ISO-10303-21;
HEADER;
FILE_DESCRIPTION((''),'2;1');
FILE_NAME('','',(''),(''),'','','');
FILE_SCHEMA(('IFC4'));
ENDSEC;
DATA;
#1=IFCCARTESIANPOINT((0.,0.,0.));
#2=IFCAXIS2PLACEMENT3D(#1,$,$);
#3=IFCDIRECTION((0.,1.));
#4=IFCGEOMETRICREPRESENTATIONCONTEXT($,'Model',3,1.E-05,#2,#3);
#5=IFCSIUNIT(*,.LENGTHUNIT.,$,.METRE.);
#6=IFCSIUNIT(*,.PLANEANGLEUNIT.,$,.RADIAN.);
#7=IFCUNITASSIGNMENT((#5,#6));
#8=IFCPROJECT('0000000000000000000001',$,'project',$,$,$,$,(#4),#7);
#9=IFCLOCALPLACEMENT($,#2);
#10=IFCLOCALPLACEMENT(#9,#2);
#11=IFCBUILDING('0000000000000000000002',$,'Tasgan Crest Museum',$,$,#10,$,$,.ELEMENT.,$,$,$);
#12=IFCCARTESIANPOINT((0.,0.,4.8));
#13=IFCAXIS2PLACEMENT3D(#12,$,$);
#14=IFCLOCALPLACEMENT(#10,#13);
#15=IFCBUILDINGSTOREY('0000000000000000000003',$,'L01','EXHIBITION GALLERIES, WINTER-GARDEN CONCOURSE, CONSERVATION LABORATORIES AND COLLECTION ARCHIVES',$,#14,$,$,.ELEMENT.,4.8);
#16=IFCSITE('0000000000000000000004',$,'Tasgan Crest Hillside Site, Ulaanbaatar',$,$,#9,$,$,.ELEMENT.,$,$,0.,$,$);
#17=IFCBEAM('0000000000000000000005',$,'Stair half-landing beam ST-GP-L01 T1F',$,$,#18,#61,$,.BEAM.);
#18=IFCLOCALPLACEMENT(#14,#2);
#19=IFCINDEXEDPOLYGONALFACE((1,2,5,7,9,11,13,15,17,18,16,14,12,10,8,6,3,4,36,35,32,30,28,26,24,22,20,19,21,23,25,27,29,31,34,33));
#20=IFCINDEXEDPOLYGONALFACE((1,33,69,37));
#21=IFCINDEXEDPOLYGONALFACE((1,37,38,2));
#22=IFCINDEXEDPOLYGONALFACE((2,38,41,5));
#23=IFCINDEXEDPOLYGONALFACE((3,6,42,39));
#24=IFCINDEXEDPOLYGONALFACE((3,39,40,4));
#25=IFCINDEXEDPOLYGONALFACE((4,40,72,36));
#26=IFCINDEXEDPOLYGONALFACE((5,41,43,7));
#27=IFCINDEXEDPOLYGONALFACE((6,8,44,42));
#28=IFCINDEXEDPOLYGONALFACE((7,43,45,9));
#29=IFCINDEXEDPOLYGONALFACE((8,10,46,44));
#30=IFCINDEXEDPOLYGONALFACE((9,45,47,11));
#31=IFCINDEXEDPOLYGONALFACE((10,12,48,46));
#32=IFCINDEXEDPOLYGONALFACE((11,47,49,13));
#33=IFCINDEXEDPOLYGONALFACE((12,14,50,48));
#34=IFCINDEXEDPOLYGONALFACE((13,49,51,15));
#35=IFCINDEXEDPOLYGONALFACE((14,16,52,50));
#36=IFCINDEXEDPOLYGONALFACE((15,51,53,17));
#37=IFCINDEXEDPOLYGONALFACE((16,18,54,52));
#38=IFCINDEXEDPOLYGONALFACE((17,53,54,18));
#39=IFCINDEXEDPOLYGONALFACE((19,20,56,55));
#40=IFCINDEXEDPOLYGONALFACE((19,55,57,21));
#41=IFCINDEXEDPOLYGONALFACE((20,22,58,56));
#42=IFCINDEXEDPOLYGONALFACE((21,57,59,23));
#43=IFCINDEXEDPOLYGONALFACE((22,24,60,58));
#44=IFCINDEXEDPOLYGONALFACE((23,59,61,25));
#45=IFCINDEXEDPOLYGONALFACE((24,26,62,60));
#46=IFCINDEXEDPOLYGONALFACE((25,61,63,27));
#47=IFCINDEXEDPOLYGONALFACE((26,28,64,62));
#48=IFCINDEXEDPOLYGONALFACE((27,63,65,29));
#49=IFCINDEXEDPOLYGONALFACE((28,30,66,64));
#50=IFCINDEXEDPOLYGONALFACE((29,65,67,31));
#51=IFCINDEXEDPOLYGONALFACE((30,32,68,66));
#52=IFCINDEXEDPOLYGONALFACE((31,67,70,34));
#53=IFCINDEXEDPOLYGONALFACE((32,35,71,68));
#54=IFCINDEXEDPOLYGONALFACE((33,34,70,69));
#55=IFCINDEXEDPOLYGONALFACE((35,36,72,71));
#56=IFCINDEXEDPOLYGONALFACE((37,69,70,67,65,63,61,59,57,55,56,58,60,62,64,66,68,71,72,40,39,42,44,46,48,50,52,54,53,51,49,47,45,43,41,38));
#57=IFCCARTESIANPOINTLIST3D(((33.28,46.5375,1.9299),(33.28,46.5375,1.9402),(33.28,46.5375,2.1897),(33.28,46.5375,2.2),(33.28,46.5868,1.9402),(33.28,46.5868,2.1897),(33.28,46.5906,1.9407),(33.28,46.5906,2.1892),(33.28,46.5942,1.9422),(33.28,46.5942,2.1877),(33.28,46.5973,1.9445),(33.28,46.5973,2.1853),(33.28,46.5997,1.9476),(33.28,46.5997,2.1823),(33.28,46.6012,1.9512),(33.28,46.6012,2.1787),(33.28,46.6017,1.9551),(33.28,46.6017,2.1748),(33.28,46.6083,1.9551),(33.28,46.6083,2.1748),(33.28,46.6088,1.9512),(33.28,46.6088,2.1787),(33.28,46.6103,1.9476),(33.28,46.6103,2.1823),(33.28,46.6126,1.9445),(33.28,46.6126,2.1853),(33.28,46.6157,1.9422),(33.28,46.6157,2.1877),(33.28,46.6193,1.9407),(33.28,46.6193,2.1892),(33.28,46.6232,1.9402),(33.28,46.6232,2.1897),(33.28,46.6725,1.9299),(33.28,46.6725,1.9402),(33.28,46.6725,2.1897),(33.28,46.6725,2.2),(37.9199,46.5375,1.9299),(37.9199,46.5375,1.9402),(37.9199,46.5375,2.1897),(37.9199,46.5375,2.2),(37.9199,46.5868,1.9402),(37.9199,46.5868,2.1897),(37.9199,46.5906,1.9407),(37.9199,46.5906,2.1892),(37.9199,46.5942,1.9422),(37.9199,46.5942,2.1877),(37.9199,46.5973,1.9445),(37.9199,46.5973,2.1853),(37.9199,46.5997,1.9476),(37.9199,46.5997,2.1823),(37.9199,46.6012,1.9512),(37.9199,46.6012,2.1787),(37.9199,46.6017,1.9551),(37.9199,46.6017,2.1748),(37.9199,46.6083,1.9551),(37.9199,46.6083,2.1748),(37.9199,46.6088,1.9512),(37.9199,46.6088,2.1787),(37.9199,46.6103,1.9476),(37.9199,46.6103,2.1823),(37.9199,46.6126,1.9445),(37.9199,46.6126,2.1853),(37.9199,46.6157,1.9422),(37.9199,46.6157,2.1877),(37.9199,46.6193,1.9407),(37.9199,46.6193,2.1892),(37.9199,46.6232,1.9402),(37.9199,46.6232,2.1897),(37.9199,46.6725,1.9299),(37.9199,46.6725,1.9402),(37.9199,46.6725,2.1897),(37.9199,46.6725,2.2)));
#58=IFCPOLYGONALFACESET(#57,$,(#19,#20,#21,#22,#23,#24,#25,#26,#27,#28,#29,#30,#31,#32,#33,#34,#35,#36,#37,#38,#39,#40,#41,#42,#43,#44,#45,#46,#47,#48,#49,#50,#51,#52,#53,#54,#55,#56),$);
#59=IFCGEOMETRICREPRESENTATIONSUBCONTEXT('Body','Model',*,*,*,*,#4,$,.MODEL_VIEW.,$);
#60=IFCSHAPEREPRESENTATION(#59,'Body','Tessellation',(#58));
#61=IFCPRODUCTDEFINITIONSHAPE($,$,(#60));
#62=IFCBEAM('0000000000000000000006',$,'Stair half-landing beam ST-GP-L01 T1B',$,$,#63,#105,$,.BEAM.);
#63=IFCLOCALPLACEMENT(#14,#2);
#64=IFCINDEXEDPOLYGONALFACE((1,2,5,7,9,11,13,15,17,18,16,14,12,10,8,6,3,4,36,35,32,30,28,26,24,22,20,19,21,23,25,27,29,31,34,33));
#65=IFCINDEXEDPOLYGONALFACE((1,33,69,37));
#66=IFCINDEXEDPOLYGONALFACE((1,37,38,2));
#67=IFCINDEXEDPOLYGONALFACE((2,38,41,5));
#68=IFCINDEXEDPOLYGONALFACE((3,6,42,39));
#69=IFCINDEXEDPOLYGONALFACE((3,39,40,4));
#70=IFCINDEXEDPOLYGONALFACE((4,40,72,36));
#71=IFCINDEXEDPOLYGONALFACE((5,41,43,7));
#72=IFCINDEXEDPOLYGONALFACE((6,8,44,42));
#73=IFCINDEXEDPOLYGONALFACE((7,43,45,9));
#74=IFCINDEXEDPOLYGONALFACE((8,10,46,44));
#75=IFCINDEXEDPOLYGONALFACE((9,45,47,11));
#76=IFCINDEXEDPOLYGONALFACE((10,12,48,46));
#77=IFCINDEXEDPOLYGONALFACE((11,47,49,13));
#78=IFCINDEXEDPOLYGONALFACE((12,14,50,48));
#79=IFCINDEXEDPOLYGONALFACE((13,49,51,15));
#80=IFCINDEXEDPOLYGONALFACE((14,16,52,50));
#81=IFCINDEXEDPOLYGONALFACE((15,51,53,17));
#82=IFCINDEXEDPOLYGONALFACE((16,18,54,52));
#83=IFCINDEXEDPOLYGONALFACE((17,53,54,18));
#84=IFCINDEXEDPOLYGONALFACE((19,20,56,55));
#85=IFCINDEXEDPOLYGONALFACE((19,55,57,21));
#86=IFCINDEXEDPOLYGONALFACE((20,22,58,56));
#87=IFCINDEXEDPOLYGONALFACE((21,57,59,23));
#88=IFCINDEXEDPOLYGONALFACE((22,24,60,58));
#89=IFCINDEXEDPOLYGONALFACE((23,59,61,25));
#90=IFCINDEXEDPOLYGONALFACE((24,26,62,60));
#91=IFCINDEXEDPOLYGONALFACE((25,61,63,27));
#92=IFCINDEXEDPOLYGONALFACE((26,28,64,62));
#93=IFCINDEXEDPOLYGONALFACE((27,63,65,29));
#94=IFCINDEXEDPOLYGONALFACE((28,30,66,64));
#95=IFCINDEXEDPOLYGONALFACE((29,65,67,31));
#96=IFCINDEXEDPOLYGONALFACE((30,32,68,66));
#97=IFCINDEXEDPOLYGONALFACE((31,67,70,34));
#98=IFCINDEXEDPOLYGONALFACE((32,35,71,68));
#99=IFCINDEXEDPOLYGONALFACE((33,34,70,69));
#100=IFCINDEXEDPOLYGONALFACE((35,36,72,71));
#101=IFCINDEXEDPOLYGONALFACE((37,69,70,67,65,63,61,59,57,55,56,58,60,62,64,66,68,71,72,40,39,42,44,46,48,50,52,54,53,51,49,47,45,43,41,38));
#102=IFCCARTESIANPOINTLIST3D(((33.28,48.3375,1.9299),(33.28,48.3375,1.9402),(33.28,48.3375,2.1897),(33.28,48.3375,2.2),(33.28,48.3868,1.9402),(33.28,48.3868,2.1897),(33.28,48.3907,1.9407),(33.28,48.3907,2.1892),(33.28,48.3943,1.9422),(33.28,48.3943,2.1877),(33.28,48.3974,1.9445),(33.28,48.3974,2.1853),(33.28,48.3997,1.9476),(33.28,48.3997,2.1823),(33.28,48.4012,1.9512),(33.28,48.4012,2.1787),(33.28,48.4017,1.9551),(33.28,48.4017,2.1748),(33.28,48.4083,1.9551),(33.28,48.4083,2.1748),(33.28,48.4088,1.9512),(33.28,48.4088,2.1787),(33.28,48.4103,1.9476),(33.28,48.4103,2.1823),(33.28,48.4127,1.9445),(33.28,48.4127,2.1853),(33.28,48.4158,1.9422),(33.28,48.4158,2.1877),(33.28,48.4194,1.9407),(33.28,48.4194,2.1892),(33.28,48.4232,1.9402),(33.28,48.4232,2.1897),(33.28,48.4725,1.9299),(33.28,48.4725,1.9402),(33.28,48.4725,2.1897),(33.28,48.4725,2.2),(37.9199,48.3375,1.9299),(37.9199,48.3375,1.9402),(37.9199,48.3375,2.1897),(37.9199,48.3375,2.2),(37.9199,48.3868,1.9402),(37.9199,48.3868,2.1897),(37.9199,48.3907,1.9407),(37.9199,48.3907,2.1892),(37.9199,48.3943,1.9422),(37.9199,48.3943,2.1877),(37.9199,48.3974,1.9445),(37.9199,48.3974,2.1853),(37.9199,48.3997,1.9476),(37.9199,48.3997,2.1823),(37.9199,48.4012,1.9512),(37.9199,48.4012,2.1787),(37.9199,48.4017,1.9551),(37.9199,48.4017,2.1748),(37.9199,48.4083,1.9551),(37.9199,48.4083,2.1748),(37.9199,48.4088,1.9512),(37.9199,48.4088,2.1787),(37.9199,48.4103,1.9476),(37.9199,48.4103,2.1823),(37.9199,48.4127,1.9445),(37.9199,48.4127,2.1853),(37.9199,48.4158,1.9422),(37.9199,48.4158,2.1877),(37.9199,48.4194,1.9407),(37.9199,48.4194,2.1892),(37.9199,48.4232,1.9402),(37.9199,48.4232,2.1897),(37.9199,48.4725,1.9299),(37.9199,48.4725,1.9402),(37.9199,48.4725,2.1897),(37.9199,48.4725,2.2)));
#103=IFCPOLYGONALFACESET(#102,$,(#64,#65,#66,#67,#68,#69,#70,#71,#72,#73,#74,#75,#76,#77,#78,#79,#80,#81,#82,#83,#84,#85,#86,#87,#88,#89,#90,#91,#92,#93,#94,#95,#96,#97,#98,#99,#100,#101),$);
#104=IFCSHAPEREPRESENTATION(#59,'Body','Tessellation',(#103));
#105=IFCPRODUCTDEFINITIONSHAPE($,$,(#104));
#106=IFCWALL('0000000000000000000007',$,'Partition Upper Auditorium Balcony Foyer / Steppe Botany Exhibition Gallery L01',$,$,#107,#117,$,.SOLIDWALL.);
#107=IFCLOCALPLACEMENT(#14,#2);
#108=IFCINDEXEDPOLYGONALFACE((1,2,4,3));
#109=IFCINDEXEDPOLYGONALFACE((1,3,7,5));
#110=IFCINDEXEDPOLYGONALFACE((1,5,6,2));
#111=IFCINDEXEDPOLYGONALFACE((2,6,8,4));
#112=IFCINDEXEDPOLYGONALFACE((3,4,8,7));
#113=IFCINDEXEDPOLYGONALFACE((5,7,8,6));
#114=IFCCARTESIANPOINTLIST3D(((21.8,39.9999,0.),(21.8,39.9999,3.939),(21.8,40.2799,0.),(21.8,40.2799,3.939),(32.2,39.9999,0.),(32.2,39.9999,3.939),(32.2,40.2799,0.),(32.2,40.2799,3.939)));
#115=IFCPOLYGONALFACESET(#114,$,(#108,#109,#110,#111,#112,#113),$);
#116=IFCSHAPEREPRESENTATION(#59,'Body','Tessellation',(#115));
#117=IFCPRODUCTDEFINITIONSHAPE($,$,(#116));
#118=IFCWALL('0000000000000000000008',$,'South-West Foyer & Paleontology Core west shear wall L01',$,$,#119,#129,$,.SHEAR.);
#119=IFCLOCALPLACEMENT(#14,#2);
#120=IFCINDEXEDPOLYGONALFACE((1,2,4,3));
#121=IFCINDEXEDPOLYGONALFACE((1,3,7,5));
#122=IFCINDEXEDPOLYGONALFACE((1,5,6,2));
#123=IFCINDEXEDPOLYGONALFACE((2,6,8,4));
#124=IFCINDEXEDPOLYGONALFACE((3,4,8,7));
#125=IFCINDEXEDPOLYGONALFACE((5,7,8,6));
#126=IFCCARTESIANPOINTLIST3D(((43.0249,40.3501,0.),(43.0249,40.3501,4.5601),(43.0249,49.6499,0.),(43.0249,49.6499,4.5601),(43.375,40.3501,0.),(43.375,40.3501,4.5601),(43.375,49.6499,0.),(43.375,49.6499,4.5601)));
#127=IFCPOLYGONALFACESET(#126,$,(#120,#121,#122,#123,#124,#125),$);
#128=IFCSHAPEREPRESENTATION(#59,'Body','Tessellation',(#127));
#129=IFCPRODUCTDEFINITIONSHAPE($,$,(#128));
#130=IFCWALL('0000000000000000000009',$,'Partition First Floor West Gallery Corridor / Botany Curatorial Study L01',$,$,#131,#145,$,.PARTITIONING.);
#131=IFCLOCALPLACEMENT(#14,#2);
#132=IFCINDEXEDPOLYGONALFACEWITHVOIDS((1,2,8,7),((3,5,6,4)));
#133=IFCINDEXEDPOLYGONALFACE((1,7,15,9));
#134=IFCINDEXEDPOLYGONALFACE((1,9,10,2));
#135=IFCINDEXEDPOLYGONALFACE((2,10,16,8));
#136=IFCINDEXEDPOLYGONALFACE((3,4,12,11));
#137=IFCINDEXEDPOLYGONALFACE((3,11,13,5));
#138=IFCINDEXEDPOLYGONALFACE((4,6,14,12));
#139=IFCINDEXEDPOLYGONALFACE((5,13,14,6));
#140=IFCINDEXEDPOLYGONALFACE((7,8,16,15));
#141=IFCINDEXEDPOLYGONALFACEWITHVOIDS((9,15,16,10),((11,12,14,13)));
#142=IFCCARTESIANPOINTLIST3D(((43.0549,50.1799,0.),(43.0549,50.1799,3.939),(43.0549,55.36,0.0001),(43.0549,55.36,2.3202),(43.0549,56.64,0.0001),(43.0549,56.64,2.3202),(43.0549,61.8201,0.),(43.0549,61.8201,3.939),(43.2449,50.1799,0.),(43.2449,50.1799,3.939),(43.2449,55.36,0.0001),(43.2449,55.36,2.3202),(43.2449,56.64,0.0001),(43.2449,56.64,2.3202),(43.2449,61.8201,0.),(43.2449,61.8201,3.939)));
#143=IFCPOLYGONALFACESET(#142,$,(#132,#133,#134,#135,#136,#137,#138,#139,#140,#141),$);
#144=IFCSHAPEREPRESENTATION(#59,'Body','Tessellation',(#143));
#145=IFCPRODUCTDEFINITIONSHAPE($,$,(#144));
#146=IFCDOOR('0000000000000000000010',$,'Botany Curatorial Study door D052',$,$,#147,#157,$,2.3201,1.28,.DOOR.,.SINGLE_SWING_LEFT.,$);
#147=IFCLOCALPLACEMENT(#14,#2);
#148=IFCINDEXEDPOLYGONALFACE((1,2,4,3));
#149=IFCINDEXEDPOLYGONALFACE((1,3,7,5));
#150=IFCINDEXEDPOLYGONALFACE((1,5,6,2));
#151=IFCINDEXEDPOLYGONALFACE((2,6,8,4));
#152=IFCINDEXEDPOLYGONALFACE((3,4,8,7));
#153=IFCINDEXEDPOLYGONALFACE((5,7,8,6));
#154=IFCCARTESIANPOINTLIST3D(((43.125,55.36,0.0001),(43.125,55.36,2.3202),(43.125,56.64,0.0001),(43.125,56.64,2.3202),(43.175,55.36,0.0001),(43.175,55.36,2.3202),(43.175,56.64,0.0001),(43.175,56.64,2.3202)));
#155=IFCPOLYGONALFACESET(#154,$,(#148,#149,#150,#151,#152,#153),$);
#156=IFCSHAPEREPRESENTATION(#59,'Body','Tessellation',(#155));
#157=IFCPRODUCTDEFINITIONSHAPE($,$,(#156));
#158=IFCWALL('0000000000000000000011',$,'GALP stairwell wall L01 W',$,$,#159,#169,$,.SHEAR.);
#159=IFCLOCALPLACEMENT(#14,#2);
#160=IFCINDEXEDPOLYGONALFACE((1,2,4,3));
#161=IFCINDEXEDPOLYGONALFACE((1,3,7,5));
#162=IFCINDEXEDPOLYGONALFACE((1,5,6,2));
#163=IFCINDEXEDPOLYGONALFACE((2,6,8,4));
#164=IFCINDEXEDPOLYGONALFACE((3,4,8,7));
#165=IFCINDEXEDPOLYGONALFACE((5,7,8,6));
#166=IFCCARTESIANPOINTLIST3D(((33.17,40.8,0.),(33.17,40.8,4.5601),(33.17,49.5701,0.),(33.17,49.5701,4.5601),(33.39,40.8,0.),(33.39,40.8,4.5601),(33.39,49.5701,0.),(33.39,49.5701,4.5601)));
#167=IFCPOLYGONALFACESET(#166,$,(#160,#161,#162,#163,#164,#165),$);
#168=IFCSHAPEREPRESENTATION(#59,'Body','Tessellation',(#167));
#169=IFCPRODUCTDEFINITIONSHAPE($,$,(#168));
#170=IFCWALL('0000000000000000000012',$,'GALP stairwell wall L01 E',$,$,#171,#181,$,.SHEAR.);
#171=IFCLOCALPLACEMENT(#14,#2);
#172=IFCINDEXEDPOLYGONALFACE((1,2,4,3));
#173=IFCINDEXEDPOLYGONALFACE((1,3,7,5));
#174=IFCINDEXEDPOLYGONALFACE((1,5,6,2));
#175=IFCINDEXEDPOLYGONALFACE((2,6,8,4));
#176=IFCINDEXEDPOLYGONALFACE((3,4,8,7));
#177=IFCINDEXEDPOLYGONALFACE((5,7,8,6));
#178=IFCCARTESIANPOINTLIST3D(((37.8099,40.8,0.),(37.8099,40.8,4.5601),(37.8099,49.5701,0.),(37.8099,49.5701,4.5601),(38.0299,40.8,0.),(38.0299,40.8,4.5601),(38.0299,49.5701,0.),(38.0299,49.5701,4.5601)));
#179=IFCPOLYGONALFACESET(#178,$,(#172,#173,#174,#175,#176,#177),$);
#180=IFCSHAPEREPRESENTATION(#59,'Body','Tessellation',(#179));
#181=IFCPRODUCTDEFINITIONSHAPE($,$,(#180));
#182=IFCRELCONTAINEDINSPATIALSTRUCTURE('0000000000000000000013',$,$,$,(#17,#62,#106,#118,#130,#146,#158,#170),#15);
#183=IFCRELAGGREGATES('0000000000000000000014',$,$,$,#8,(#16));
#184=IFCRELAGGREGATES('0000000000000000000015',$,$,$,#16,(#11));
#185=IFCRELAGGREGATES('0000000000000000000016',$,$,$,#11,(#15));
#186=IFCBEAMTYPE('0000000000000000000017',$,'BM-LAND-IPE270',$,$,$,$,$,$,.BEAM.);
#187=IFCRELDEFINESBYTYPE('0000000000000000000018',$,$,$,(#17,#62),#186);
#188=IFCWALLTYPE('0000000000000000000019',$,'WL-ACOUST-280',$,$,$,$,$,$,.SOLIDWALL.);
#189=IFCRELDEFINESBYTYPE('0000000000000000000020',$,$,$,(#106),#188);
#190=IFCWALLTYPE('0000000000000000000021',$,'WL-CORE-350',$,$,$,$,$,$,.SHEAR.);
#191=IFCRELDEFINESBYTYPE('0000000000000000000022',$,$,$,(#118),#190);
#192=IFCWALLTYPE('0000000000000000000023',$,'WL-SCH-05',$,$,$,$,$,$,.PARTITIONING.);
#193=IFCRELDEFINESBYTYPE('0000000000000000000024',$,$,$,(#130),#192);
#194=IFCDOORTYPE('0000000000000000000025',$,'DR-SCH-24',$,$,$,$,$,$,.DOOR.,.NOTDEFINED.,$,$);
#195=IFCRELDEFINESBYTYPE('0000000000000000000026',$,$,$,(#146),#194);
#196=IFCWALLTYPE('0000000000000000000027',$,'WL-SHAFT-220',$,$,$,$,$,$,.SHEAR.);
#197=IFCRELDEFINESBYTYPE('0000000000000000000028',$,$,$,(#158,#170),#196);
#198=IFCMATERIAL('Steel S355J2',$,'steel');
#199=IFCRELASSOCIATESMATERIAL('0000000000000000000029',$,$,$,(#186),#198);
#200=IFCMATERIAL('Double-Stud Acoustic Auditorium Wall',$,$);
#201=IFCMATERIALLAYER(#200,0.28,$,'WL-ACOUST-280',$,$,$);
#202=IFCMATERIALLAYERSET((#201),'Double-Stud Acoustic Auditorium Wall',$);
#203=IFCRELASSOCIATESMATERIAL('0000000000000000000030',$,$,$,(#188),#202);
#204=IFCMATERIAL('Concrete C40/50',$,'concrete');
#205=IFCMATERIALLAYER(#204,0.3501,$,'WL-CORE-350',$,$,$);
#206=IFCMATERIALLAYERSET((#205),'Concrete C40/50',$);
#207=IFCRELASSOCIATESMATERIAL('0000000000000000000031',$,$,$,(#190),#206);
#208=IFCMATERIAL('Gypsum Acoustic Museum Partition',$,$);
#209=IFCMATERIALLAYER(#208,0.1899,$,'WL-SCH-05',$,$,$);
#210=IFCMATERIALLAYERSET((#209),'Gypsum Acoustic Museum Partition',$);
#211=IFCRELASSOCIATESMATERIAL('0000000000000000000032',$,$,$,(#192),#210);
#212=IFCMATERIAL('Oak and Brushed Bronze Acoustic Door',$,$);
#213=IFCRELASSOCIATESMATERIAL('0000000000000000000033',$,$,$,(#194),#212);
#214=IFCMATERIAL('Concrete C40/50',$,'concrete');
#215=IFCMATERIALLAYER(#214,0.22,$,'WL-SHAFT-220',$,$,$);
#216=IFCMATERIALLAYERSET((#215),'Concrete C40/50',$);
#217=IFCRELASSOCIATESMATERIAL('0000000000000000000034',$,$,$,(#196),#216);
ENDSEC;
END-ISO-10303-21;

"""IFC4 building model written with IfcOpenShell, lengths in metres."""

from ifc_helpers import new_model, si_unit, direction, frame, frame_2d, origin, origin_2d, place, context, subcontext, project, spatial, rectangle, i_section, extrude, material, layer, layer_set, material_profile, profile_set, type_object, element, fill, save


model = new_model("IFC4")

# Units and contexts
model_context = context("Model", 3, precision=1e-05, world=origin(), true_north=direction((0.0, 1.0)))
body_context = subcontext(model_context, "Body", "Model", "MODEL_VIEW")
ifc_project = project(units=[si_unit("LENGTHUNIT", "METRE"), si_unit("PLANEANGLEUNIT", "RADIAN")], contexts=[model_context])

# Site, building, storey
site_placement = place(None, origin())
site = spatial("IfcSite", under=ifc_project, at=site_placement, Name="Tasgan Crest Hillside Site, Ulaanbaatar", CompositionType="ELEMENT", RefElevation=0.0)
building_placement = place(site_placement, origin())
building = spatial("IfcBuilding", under=site, at=building_placement, Name="Tasgan Crest Museum", CompositionType="ELEMENT")
storey_placement = place(building_placement, frame((0.0, 0.0, 4.8)))
storey = spatial("IfcBuildingStorey", under=building, at=storey_placement, Name="L01", Description="EXHIBITION GALLERIES, WINTER-GARDEN CONCOURSE, CONSERVATION LABORATORIES AND COLLECTION ARCHIVES", CompositionType="ELEMENT", Elevation=4.8)

# Beams
ifc_material_1 = material(Name="Steel S355J2", Category="steel")
ifc_material_profile_1 = material_profile(ifc_material_1, i_section(OverallWidth=0.135, OverallDepth=0.27, WebThickness=0.0066, FlangeThickness=0.0103, FilletRadius=0.0149, at=origin_2d()), Name="IPE 270")
ifc_profile_set_1 = profile_set([ifc_material_profile_1], Name="Steel S355J2")
beam_type_1 = type_object("IfcBeamType", Name="BM-LAND-IPE270", PredefinedType="BEAM", material=ifc_profile_set_1)
for number, where, z_axis, x_axis, name in (
    (1, (33.28, 46.605, 2.0649), (1.0, 0.0, 0.0), (0.0, 1.0, 0.0), "Stair half-landing beam ST-GP-L01 T1F"),
    (2, (33.28, 48.405, 2.0649), (1.0, 0.0, 0.0), (0.0, 1.0, 0.0), "Stair half-landing beam ST-GP-L01 T1B"),
):
    element("IfcBeam", number, at=place(storey_placement, frame(where, z_axis=z_axis, x_axis=x_axis)), inside=storey, type_object=beam_type_1, Name=name, PredefinedType="BEAM", context=body_context, shape_type="SweptSolid", body=[
        extrude(i_section(OverallWidth=0.135, OverallDepth=0.27, WebThickness=0.0066, FlangeThickness=0.0103, FilletRadius=0.0149, at=origin_2d()), origin(), (0.0, 0.0, 1.0), 4.6399),
    ])

# Walls
ifc_material_2 = material(Name="Double-Stud Acoustic Auditorium Wall")
ifc_layer_1 = layer(ifc_material_2, 0.28, Name="WL-ACOUST-280")
ifc_layer_set_1 = layer_set([ifc_layer_1], Name="Double-Stud Acoustic Auditorium Wall")
wall_type_1 = type_object("IfcWallType", Name="WL-ACOUST-280", PredefinedType="SOLIDWALL", material=ifc_layer_set_1)
wall_1_placement = place(storey_placement, frame((21.8, 40.1399, 0.0), z_axis=(0.0, 0.0, 1.0), x_axis=(1.0, 0.0, 0.0)))
element("IfcWall", 3, at=wall_1_placement, inside=storey, type_object=wall_type_1, Name="Partition Upper Auditorium Balcony Foyer / Steppe Botany Exhibition Gallery L01", PredefinedType="SOLIDWALL", context=body_context, shape_type="SweptSolid", body=[
    extrude(rectangle(XDim=10.3999, YDim=0.28, at=frame_2d((5.2, 0.0))), origin(), (0.0, 0.0, 1.0), 3.939),
])
ifc_material_3 = material(Name="Concrete C40/50", Category="concrete")
ifc_layer_2 = layer(ifc_material_3, 0.3501, Name="WL-CORE-350")
ifc_layer_set_2 = layer_set([ifc_layer_2], Name="Concrete C40/50")
wall_type_2 = type_object("IfcWallType", Name="WL-CORE-350", PredefinedType="SHEAR", material=ifc_layer_set_2)
wall_2_placement = place(storey_placement, frame((43.2, 40.3501, 0.0), z_axis=(0.0, 0.0, 1.0), x_axis=(0.0, 1.0, 0.0)))
element("IfcWall", 4, at=wall_2_placement, inside=storey, type_object=wall_type_2, Name="South-West Foyer & Paleontology Core west shear wall L01", PredefinedType="SHEAR", context=body_context, shape_type="SweptSolid", body=[
    extrude(rectangle(XDim=9.2998, YDim=0.3501, at=frame_2d((4.6499, 0.0))), origin(), (0.0, 0.0, 1.0), 4.5601),
])

# Wall, opening, door
ifc_material_4 = material(Name="Gypsum Acoustic Museum Partition")
ifc_layer_3 = layer(ifc_material_4, 0.1899, Name="WL-SCH-05")
ifc_layer_set_3 = layer_set([ifc_layer_3], Name="Gypsum Acoustic Museum Partition")
wall_type_3 = type_object("IfcWallType", Name="WL-SCH-05", PredefinedType="PARTITIONING", material=ifc_layer_set_3)
wall_3_placement = place(storey_placement, frame((43.1499, 50.1799, 0.0), z_axis=(0.0, 0.0, 1.0), x_axis=(0.0, 1.0, 0.0)))
wall_3 = element("IfcWall", 5, at=wall_3_placement, inside=storey, type_object=wall_type_3, Name="Partition First Floor West Gallery Corridor / Botany Curatorial Study L01", PredefinedType="PARTITIONING", context=body_context, shape_type="SweptSolid", body=[
    extrude(rectangle(XDim=11.6401, YDim=0.1899, at=frame_2d((5.8201, 0.0))), origin(), (0.0, 0.0, 1.0), 3.939),
])
opening_placement = place(wall_3_placement, frame((5.1799, 0.0, 0.0)))
opening = element("IfcOpeningElement", 6, at=opening_placement, cuts=wall_3, PredefinedType="OPENING", context=body_context, shape_type="SweptSolid", body=[
    extrude(rectangle(XDim=1.28, YDim=2.3201, at=frame_2d((0.6401, 1.1602))), frame((0.0, 0.105, 0.0), z_axis=(0.0, -1.0, 0.0), x_axis=(1.0, 0.0, 0.0)), (0.0, 0.0, 1.0), 0.21),
])
ifc_material_5 = material(Name="Oak and Brushed Bronze Acoustic Door")
door_type = type_object("IfcDoorType", Name="DR-SCH-24", OperationType="NOTDEFINED", PredefinedType="DOOR", material=ifc_material_5)
door_placement = place(opening_placement, origin())
door = element("IfcDoor", 7, at=door_placement, inside=storey, type_object=door_type, Name="Botany Curatorial Study door D052", OperationType="SINGLE_SWING_LEFT", OverallHeight=2.3201, OverallWidth=1.28, PredefinedType="DOOR", context=body_context, shape_type="SweptSolid", body=[
    extrude(rectangle(XDim=1.28, YDim=2.3201, at=frame_2d((0.6401, 1.1602))), frame((0.0, 0.0249, 0.0), z_axis=(0.0, -1.0, 0.0), x_axis=(1.0, 0.0, 0.0)), (0.0, 0.0, 1.0), 0.05),
])
fill(opening, door)

# Walls
ifc_material_6 = material(Name="Concrete C40/50", Category="concrete")
ifc_layer_4 = layer(ifc_material_6, 0.22, Name="WL-SHAFT-220")
ifc_layer_set_4 = layer_set([ifc_layer_4], Name="Concrete C40/50")
wall_type_4 = type_object("IfcWallType", Name="WL-SHAFT-220", PredefinedType="SHEAR", material=ifc_layer_set_4)
for number, where, z_axis, x_axis, name in (
    (8, (33.28, 40.8, 0.0), (0.0, 0.0, 1.0), (0.0, 1.0, 0.0), "GALP stairwell wall L01 W"),
    (9, (37.9199, 40.8, 0.0), (0.0, 0.0, 1.0), (0.0, 1.0, 0.0), "GALP stairwell wall L01 E"),
):
    element("IfcWall", number, at=place(storey_placement, frame(where, z_axis=z_axis, x_axis=x_axis)), inside=storey, type_object=wall_type_4, Name=name, PredefinedType="SHEAR", context=body_context, shape_type="SweptSolid", body=[
        extrude(rectangle(XDim=8.77, YDim=0.22, at=frame_2d((4.385, 0.0))), origin(), (0.0, 0.0, 1.0), 4.5601),
    ])

save(model, "model.ifc")
